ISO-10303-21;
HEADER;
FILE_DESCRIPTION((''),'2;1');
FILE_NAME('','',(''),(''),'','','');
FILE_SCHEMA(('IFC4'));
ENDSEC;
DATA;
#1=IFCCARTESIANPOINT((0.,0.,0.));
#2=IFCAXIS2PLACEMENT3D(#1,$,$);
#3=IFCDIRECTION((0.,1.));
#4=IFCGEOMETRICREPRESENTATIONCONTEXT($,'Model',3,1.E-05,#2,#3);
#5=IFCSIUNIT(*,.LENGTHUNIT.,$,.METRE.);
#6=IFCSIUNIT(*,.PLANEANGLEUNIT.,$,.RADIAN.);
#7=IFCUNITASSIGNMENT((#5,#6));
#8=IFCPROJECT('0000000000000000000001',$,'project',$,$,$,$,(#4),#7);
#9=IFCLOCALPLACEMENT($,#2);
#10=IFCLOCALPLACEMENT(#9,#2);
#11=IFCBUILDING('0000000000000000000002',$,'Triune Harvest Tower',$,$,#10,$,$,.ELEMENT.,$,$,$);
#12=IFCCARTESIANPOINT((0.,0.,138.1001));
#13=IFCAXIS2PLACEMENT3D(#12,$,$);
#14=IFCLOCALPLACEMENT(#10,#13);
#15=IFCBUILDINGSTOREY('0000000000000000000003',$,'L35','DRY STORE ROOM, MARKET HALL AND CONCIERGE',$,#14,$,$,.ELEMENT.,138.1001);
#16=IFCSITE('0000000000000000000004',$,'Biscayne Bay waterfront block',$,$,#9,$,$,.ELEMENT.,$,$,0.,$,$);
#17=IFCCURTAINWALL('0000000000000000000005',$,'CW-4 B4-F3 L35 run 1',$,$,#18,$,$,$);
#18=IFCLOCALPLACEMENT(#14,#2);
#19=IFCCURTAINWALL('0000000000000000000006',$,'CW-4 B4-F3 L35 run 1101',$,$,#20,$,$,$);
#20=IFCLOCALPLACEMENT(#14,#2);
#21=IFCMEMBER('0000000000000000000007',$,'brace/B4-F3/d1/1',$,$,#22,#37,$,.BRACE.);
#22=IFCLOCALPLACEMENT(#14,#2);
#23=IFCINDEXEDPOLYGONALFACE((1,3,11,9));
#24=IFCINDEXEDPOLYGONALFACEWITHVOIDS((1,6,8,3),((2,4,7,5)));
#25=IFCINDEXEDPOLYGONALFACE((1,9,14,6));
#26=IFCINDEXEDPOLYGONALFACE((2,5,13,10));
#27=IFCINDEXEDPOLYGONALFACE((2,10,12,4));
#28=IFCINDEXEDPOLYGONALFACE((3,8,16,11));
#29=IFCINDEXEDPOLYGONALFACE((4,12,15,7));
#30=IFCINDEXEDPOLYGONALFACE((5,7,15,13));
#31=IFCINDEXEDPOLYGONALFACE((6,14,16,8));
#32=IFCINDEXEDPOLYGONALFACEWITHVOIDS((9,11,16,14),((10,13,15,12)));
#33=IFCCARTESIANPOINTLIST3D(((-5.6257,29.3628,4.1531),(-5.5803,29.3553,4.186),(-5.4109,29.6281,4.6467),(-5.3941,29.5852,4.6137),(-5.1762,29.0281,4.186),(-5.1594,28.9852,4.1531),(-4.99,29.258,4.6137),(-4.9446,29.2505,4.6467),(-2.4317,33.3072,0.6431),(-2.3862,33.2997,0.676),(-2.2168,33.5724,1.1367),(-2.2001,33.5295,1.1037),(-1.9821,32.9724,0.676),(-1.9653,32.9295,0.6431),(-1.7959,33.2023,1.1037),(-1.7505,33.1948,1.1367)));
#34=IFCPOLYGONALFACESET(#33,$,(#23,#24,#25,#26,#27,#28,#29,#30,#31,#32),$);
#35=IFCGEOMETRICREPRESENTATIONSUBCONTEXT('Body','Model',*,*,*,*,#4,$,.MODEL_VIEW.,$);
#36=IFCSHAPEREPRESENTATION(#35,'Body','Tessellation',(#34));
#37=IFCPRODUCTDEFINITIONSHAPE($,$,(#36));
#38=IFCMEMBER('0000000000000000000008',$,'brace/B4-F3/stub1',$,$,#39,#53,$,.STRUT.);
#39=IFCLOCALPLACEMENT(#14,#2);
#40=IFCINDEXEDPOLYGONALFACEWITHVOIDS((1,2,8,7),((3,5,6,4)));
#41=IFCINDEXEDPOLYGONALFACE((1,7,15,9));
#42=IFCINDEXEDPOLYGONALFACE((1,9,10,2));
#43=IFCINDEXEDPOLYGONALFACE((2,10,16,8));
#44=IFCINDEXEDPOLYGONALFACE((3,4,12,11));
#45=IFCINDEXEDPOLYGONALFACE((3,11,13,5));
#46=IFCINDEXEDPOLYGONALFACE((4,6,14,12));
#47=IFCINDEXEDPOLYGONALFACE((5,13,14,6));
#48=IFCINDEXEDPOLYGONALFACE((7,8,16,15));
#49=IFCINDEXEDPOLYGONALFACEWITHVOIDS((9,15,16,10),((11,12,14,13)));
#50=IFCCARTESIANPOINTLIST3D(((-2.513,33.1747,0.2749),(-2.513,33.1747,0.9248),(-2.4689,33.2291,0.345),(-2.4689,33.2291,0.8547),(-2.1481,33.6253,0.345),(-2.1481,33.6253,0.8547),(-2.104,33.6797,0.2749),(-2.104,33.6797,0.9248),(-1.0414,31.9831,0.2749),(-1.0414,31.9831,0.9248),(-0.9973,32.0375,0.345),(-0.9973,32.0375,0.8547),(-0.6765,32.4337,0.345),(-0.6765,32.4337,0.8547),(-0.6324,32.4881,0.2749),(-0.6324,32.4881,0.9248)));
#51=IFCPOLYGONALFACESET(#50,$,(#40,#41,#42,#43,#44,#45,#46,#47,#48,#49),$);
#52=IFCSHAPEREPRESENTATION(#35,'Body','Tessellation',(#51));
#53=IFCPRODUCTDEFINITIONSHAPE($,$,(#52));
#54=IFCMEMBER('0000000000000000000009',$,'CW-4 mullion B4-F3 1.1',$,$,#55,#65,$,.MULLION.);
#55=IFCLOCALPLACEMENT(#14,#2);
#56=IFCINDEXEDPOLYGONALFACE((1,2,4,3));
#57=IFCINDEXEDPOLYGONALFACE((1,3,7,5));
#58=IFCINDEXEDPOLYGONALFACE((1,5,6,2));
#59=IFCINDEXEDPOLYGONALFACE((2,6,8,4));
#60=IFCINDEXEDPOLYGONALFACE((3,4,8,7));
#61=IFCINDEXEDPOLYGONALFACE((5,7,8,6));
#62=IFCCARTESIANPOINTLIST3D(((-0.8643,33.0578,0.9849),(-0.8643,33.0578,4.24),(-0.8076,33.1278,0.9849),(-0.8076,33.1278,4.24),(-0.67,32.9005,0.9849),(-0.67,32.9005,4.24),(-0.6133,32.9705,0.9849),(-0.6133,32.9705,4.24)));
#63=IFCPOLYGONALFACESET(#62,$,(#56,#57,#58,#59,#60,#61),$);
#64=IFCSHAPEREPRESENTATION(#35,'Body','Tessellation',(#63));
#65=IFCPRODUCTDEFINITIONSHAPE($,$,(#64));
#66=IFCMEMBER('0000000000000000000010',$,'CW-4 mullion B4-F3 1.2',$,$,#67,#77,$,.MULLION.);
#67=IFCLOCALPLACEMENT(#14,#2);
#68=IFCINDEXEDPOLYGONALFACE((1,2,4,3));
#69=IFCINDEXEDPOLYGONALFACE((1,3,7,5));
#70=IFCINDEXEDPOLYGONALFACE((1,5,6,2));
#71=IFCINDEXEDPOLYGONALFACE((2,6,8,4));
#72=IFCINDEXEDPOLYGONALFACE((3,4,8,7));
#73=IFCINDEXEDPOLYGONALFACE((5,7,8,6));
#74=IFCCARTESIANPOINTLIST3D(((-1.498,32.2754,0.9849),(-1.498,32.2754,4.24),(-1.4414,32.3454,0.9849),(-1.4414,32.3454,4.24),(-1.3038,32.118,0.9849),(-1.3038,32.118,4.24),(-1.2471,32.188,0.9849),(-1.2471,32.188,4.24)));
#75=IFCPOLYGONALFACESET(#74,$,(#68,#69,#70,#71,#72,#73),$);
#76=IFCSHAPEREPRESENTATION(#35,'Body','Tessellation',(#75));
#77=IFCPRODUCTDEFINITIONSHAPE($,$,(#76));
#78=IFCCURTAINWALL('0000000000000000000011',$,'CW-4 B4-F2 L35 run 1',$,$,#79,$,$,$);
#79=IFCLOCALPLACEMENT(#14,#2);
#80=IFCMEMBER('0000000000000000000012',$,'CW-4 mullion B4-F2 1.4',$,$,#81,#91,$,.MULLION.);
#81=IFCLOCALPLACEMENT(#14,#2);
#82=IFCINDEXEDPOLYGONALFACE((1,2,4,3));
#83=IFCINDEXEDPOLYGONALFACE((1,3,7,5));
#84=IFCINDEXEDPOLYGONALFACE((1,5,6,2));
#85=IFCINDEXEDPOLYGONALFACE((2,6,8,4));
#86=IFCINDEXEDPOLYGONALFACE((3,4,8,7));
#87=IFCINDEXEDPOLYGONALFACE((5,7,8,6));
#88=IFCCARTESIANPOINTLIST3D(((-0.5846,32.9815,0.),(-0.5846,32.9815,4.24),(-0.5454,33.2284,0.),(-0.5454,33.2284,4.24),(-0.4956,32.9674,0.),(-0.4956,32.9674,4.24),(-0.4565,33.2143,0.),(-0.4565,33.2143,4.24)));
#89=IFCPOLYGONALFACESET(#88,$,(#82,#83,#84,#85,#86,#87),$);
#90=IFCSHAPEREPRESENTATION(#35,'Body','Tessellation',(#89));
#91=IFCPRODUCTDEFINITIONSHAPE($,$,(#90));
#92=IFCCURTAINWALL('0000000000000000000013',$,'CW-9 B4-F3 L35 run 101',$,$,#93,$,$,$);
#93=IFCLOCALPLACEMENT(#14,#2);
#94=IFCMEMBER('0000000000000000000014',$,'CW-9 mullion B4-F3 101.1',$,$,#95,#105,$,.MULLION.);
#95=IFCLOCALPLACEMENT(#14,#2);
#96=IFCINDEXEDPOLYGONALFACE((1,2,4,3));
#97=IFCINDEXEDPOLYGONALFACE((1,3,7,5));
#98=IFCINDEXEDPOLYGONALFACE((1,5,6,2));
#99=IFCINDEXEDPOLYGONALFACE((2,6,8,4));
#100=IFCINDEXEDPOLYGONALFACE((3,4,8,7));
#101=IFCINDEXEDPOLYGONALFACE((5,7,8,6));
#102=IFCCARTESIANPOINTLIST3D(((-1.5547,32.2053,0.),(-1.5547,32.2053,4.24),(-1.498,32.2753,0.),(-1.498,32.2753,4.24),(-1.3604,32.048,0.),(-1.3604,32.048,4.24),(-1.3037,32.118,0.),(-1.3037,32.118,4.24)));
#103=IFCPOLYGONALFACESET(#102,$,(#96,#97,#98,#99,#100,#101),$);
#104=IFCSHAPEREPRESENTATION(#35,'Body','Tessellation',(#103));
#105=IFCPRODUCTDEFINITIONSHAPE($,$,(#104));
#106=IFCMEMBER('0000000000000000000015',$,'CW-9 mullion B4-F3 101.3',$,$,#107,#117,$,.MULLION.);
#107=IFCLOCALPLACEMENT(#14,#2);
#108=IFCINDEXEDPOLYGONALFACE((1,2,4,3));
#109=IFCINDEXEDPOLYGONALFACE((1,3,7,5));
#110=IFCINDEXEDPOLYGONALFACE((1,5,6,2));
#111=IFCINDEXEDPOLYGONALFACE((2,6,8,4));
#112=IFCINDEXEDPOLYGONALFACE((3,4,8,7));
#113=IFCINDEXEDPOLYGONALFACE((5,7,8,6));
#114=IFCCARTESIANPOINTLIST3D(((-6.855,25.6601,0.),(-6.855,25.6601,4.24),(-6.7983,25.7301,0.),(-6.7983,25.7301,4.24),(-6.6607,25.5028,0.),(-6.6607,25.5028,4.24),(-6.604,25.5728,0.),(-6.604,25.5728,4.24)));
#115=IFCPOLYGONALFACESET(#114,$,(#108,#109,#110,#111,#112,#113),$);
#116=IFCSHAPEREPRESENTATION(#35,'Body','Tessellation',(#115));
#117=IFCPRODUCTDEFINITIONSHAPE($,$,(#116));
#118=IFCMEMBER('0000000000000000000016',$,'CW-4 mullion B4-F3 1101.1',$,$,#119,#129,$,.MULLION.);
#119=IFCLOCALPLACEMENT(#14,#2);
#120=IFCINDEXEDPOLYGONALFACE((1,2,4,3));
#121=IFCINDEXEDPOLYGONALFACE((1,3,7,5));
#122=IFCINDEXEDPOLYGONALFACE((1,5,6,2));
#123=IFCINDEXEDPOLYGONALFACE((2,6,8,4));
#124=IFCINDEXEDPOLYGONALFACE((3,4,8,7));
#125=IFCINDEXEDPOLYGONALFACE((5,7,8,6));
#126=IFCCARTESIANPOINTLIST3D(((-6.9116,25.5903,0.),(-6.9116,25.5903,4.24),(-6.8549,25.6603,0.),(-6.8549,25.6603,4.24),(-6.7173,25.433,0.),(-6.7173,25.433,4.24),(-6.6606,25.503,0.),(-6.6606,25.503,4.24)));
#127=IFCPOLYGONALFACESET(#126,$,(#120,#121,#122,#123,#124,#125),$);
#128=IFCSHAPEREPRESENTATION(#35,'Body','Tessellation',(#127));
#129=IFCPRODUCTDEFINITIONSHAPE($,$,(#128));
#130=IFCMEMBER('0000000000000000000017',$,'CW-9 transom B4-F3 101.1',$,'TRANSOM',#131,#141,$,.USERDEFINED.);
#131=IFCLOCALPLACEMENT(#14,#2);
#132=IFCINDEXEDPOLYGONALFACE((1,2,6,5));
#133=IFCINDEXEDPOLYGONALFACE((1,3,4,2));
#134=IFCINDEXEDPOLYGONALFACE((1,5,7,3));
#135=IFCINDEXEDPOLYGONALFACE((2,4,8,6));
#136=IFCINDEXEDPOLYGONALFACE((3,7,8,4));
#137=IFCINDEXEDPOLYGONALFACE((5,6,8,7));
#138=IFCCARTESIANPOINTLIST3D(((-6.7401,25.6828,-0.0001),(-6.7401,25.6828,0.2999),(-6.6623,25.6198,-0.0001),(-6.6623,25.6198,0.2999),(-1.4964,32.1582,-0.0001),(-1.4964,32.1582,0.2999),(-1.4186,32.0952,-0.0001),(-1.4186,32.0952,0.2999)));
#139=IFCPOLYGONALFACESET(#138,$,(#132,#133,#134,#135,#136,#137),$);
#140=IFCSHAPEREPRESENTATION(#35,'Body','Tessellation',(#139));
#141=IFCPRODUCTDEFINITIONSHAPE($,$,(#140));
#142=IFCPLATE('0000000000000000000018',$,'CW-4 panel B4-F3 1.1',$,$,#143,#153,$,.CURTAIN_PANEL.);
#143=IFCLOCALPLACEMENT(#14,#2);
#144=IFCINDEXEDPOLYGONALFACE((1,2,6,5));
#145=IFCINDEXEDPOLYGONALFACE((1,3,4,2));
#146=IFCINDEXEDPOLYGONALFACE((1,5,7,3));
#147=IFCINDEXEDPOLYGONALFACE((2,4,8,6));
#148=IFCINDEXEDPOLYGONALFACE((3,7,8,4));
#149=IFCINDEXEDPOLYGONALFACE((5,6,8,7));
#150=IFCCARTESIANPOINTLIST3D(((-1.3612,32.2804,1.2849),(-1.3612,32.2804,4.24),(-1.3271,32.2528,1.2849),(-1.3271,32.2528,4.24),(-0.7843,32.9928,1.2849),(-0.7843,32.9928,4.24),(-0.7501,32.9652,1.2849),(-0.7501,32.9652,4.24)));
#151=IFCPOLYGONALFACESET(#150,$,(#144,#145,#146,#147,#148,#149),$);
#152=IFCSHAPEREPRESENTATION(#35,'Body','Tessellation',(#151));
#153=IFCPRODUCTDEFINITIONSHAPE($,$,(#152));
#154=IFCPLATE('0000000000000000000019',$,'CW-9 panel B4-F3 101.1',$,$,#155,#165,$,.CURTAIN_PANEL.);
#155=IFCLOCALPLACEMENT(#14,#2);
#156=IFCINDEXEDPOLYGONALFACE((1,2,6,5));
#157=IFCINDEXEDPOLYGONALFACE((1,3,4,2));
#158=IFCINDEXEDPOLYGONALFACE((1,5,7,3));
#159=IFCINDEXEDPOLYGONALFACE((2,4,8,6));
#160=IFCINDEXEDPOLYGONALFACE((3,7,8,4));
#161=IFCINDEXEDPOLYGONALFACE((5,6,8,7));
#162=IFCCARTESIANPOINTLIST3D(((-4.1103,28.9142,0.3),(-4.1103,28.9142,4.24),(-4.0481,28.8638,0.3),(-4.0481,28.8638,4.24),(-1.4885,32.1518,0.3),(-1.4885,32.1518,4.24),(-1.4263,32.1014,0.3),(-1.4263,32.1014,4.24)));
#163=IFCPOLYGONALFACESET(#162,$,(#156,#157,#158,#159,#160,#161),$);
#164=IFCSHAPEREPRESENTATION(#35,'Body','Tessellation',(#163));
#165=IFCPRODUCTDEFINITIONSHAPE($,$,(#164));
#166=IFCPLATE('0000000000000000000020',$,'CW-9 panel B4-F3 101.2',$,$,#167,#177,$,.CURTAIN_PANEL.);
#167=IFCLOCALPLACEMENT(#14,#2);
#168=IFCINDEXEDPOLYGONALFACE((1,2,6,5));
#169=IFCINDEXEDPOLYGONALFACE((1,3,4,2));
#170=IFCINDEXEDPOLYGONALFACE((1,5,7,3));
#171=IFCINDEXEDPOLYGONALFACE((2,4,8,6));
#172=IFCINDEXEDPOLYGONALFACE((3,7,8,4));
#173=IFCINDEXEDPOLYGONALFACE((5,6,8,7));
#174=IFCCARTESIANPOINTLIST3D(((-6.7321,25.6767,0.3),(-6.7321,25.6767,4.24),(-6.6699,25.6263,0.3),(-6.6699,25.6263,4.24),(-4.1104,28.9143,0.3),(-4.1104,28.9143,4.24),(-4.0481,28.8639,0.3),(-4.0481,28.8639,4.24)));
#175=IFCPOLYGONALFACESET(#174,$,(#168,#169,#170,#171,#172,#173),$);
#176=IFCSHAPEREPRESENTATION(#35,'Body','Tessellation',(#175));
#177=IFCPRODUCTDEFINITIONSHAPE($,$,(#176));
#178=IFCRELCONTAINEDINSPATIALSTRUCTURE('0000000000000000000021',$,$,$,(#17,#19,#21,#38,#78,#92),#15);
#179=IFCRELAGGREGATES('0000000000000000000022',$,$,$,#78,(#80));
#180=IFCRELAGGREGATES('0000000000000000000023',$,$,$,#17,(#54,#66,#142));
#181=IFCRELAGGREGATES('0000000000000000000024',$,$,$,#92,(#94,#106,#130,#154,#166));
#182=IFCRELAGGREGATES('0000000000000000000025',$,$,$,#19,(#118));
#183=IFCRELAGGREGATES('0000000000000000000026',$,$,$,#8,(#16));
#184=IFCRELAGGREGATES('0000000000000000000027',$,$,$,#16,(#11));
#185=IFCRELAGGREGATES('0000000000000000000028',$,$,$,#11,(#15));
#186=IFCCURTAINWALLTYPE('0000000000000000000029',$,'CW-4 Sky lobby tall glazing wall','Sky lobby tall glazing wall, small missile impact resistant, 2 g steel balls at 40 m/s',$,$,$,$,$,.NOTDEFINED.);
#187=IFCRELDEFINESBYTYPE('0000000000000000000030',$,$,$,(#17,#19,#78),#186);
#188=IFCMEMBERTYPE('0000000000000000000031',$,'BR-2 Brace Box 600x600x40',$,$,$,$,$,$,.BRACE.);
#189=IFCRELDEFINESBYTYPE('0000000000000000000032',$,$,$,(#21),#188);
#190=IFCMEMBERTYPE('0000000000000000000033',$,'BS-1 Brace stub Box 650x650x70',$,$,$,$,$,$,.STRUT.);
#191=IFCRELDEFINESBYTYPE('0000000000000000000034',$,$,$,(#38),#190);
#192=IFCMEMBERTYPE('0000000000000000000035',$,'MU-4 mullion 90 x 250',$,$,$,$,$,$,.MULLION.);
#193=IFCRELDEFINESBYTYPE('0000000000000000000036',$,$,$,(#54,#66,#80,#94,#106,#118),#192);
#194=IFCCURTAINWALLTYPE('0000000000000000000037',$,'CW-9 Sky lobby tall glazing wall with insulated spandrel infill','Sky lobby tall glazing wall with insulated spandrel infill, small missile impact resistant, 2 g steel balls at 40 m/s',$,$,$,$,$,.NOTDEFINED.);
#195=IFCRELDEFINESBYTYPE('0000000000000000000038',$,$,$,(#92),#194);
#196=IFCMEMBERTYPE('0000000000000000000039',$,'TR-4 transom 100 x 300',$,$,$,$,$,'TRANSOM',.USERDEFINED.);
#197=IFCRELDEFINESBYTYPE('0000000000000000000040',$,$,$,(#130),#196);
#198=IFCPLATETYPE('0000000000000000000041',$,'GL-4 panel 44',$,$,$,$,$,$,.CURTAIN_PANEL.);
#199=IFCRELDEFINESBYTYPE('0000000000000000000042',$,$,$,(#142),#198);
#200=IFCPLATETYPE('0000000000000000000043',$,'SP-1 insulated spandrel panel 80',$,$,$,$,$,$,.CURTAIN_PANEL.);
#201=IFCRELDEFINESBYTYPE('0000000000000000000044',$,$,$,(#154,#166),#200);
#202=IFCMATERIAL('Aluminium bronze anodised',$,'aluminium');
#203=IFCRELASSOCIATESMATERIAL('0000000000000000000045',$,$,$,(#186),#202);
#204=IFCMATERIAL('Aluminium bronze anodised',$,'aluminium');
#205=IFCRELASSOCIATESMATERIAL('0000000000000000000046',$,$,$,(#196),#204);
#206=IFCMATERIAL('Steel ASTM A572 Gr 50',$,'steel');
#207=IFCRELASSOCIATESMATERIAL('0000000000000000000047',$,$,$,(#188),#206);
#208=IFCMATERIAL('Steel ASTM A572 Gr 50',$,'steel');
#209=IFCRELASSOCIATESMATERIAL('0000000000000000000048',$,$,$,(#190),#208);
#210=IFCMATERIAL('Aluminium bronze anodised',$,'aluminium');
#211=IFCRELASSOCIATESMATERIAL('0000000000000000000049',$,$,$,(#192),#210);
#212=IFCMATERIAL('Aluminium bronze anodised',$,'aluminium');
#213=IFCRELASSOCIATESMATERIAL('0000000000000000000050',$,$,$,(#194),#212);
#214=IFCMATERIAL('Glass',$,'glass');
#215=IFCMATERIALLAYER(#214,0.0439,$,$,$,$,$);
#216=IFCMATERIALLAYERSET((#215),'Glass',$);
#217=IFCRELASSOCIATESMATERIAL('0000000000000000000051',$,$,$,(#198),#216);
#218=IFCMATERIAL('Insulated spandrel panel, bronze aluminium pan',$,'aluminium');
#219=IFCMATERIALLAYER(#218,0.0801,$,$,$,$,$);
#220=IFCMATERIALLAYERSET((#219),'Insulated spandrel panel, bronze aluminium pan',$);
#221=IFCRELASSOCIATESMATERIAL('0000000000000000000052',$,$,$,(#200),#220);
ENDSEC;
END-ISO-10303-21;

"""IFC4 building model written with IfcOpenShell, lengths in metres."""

from ifc_helpers import new_model, si_unit, direction, frame, origin, origin_2d, place, context, subcontext, project, spatial, rectangle, hollow_rectangle, extrude, source, transform, mapped, material, layer, layer_set, material_profile, profile_set, type_object, element, aggregate, save


model = new_model("IFC4")

# Units and contexts
model_context = context("Model", 3, precision=1e-05, world=origin(), true_north=direction((0.0, 1.0)))
body_context = subcontext(model_context, "Body", "Model", "MODEL_VIEW")
ifc_project = project(units=[si_unit("LENGTHUNIT", "METRE"), si_unit("PLANEANGLEUNIT", "RADIAN")], contexts=[model_context])

# Site, building, storey
site_placement = place(None, origin())
site = spatial("IfcSite", under=ifc_project, at=site_placement, Name="Biscayne Bay waterfront block", CompositionType="ELEMENT", RefElevation=0.0)
building_placement = place(site_placement, origin())
building = spatial("IfcBuilding", under=site, at=building_placement, Name="Triune Harvest Tower", CompositionType="ELEMENT")
storey_placement = place(building_placement, frame((0.0, 0.0, 138.1001)))
storey = spatial("IfcBuildingStorey", under=building, at=storey_placement, Name="L35", Description="DRY STORE ROOM, MARKET HALL AND CONCIERGE", CompositionType="ELEMENT", Elevation=138.1001)

# Curtain walls
ifc_material_1 = material(Name="Aluminium bronze anodised", Category="aluminium")
curtain_wall_type_1 = type_object("IfcCurtainWallType", Name="CW-4 Sky lobby tall glazing wall", Description="Sky lobby tall glazing wall, small missile impact resistant, 2 g steel balls at 40 m/s", PredefinedType="NOTDEFINED", material=ifc_material_1)
curtain_wall_1_placement = place(storey_placement, origin())
curtain_wall_1 = element("IfcCurtainWall", 1, at=curtain_wall_1_placement, inside=storey, type_object=curtain_wall_type_1, Name="CW-4 B4-F3 L35 run 1")
ifc_material_2 = material(Name="Aluminium bronze anodised", Category="aluminium")
ifc_material_profile_1 = material_profile(ifc_material_2, rectangle(XDim=0.1001, YDim=0.3, at=origin_2d()), Name="TR-4 transom 100 x 300")
ifc_profile_set_1 = profile_set([ifc_material_profile_1], Name="Aluminium bronze anodised")
member_type_1 = type_object("IfcMemberType", Name="TR-4 transom 100 x 300", ElementType="TRANSOM", PredefinedType="USERDEFINED", material=ifc_profile_set_1)
curtain_wall_2_placement = place(storey_placement, origin())
curtain_wall_2 = element("IfcCurtainWall", 2, at=curtain_wall_2_placement, inside=storey, type_object=curtain_wall_type_1, Name="CW-4 B4-F3 L35 run 1101")

# Members
ifc_material_3 = material(Name="Steel ASTM A572 Gr 50", Category="steel")
ifc_material_profile_2 = material_profile(ifc_material_3, hollow_rectangle(XDim=0.6001, YDim=0.6001, WallThickness=0.04, at=origin_2d()), Name="Box 600x600x40")
ifc_profile_set_2 = profile_set([ifc_material_profile_2], Name="Steel ASTM A572 Gr 50")
member_type_2 = type_object("IfcMemberType", Name="BR-2 Brace Box 600x600x40", PredefinedType="BRACE", material=ifc_profile_set_2)
shared_shape_1 = source(origin(), body_context, "Body", "SweptSolid", [
    extrude(hollow_rectangle(XDim=0.6001, YDim=0.6001, WallThickness=0.04, at=origin_2d()), origin(), (0.0, 0.0, 1.0), 6.1709),
])
member_1_placement = place(storey_placement, frame((-2.0911, 33.251, 0.8899), z_axis=(-0.517604, -0.639182, 0.568799), x_axis=(0.777143, -0.629324, 0.0)))
element("IfcMember", 3, at=member_1_placement, inside=storey, type_object=member_type_2, Name="brace/B4-F3/d1/1", PredefinedType="BRACE", context=body_context, shape_type="MappedRepresentation", body=[
    mapped(shared_shape_1, transform((0.0, 0.0, 0.0), scale=1.0)),
])
ifc_material_4 = material(Name="Steel ASTM A572 Gr 50", Category="steel")
ifc_material_profile_3 = material_profile(ifc_material_4, hollow_rectangle(XDim=0.6499, YDim=0.6499, WallThickness=0.0701, at=origin_2d()), Name="Box 650x650x70")
ifc_profile_set_3 = profile_set([ifc_material_profile_3], Name="Steel ASTM A572 Gr 50")
member_type_3 = type_object("IfcMemberType", Name="BS-1 Brace stub Box 650x650x70", PredefinedType="STRUT", material=ifc_profile_set_3)
shared_shape_2 = source(origin(), body_context, "Body", "SweptSolid", [
    extrude(hollow_rectangle(XDim=0.6499, YDim=0.6499, WallThickness=0.0701, at=origin_2d()), origin(), (0.0, 0.0, 1.0), 1.8936),
])
member_2_placement = place(storey_placement, frame((-0.8369, 32.2356, 0.5999), z_axis=(-0.77717, 0.629291, 0.0), x_axis=(-0.629291, -0.77717, 0.0)))
element("IfcMember", 4, at=member_2_placement, inside=storey, type_object=member_type_3, Name="brace/B4-F3/stub1", PredefinedType="STRUT", context=body_context, shape_type="MappedRepresentation", body=[
    mapped(shared_shape_2, transform((0.0, 0.0, 0.0), scale=1.0)),
])

# Members
ifc_material_5 = material(Name="Aluminium bronze anodised", Category="aluminium")
ifc_material_profile_4 = material_profile(ifc_material_5, rectangle(XDim=0.25, YDim=0.0901, at=origin_2d()), Name="MU-4 mullion 90 x 250")
ifc_profile_set_4 = profile_set([ifc_material_profile_4], Name="Aluminium bronze anodised")
member_type_4 = type_object("IfcMemberType", Name="MU-4 mullion 90 x 250", PredefinedType="MULLION", material=ifc_profile_set_4)
shared_shape_3 = source(origin(), body_context, "Body", "SweptSolid", [
    extrude(rectangle(XDim=0.25, YDim=0.0901, at=origin_2d()), origin(), (0.0, 0.0, 1.0), 3.2551),
])
member_3_placement = place(storey_placement, frame((-0.7388, 33.0142, 0.9849), z_axis=(0.0, 0.0, 1.0), x_axis=(0.777128, -0.629342, 0.0)))
member_3 = element("IfcMember", 5, at=member_3_placement, type_object=member_type_4, Name="CW-4 mullion B4-F3 1.1", PredefinedType="MULLION", context=body_context, shape_type="MappedRepresentation", body=[
    mapped(shared_shape_3, transform((0.0, 0.0, 0.0), scale=1.0)),
])
member_4_placement = place(storey_placement, frame((-1.3726, 32.2317, 0.9849), z_axis=(0.0, 0.0, 1.0), x_axis=(0.777128, -0.629342, 0.0)))
member_4 = element("IfcMember", 6, at=member_4_placement, type_object=member_type_4, Name="CW-4 mullion B4-F3 1.2", PredefinedType="MULLION", context=body_context, shape_type="MappedRepresentation", body=[
    mapped(shared_shape_3, transform((0.0, 0.0, 0.0), scale=1.0)),
])

# Curtain wall, member
curtain_wall_3_placement = place(storey_placement, origin())
curtain_wall_3 = element("IfcCurtainWall", 7, at=curtain_wall_3_placement, inside=storey, type_object=curtain_wall_type_1, Name="CW-4 B4-F2 L35 run 1")
shared_shape_4 = source(origin(), body_context, "Body", "SweptSolid", [
    extrude(rectangle(XDim=0.25, YDim=0.0901, at=origin_2d()), origin(), (0.0, 0.0, 1.0), 4.24),
])
member_5_placement = place(storey_placement, frame((-0.5205, 33.0979, 0.0), z_axis=(0.0, 0.0, 1.0), x_axis=(-0.156433, -0.987689, 0.0)))
member_5 = element("IfcMember", 8, at=member_5_placement, type_object=member_type_4, Name="CW-4 mullion B4-F2 1.4", PredefinedType="MULLION", context=body_context, shape_type="MappedRepresentation", body=[
    mapped(shared_shape_4, transform((0.0, 0.0, 0.0), scale=1.0)),
])
aggregate(curtain_wall_3, [member_5])

# Curtain wall, members
ifc_material_6 = material(Name="Aluminium bronze anodised", Category="aluminium")
curtain_wall_type_2 = type_object("IfcCurtainWallType", Name="CW-9 Sky lobby tall glazing wall with insulated spandrel infill", Description="Sky lobby tall glazing wall with insulated spandrel infill, small missile impact resistant, 2 g steel balls at 40 m/s", PredefinedType="NOTDEFINED", material=ifc_material_6)
curtain_wall_4_placement = place(storey_placement, origin())
curtain_wall_4 = element("IfcCurtainWall", 9, at=curtain_wall_4_placement, inside=storey, type_object=curtain_wall_type_2, Name="CW-9 B4-F3 L35 run 101")
member_6_placement = place(storey_placement, frame((-1.4292, 32.1616, 0.0), z_axis=(0.0, 0.0, 1.0), x_axis=(0.777145, -0.629322, 0.0)))
member_6 = element("IfcMember", 10, at=member_6_placement, type_object=member_type_4, Name="CW-9 mullion B4-F3 101.1", PredefinedType="MULLION", context=body_context, shape_type="MappedRepresentation", body=[
    mapped(shared_shape_4, transform((0.0, 0.0, 0.0), scale=1.0)),
])
member_7_placement = place(storey_placement, frame((-6.7295, 25.6165, 0.0), z_axis=(0.0, 0.0, 1.0), x_axis=(0.777145, -0.629322, 0.0)))
member_7 = element("IfcMember", 11, at=member_7_placement, type_object=member_type_4, Name="CW-9 mullion B4-F3 101.3", PredefinedType="MULLION", context=body_context, shape_type="MappedRepresentation", body=[
    mapped(shared_shape_4, transform((0.0, 0.0, 0.0), scale=1.0)),
])

# Members
member_8_placement = place(storey_placement, frame((-6.7861, 25.5466, 0.0), z_axis=(0.0, 0.0, 1.0), x_axis=(0.777145, -0.629322, 0.0)))
member_8 = element("IfcMember", 12, at=member_8_placement, type_object=member_type_4, Name="CW-4 mullion B4-F3 1101.1", PredefinedType="MULLION", context=body_context, shape_type="MappedRepresentation", body=[
    mapped(shared_shape_4, transform((0.0, 0.0, 0.0), scale=1.0)),
])
shared_shape_5 = source(origin(), body_context, "Body", "SweptSolid", [
    extrude(rectangle(XDim=0.1001, YDim=0.3, at=origin_2d()), origin(), (0.0, 0.0, 1.0), 8.3323),
])
member_9_placement = place(storey_placement, frame((-1.4575, 32.1267, 0.1499), z_axis=(-0.629322, -0.777145, 0.0), x_axis=(0.777145, -0.629322, 0.0)))
member_9 = element("IfcMember", 13, at=member_9_placement, type_object=member_type_1, Name="CW-9 transom B4-F3 101.1", ObjectType="TRANSOM", PredefinedType="USERDEFINED", context=body_context, shape_type="MappedRepresentation", body=[
    mapped(shared_shape_5, transform((0.0, 0.0, 0.0), scale=1.0)),
])

# Plates
ifc_material_7 = material(Name="Glass", Category="glass")
ifc_layer_1 = layer(ifc_material_7, 0.0439)
ifc_layer_set_1 = layer_set([ifc_layer_1], Name="Glass")
plate_type_1 = type_object("IfcPlateType", Name="GL-4 panel 44", PredefinedType="CURTAIN_PANEL", material=ifc_layer_set_1)
shared_shape_6 = source(origin(), body_context, "Body", "SweptSolid", [
    extrude(rectangle(XDim=0.9167, YDim=0.0439, at=origin_2d()), origin(), (0.0, 0.0, 1.0), 2.9551),
])
plate_1_placement = place(storey_placement, frame((-1.0557, 32.6228, 1.2849), z_axis=(0.0, 0.0, 1.0), x_axis=(-0.629342, -0.777128, 0.0)))
plate_1 = element("IfcPlate", 14, at=plate_1_placement, type_object=plate_type_1, Name="CW-4 panel B4-F3 1.1", PredefinedType="CURTAIN_PANEL", context=body_context, shape_type="MappedRepresentation", body=[
    mapped(shared_shape_6, transform((0.0, 0.0, 0.0), scale=1.0)),
])
aggregate(curtain_wall_1, [member_3, member_4, plate_1])
ifc_material_8 = material(Name="Insulated spandrel panel, bronze aluminium pan", Category="aluminium")
ifc_layer_2 = layer(ifc_material_8, 0.0801)
ifc_layer_set_2 = layer_set([ifc_layer_2], Name="Insulated spandrel panel, bronze aluminium pan")
plate_type_2 = type_object("IfcPlateType", Name="SP-1 insulated spandrel panel 80", PredefinedType="CURTAIN_PANEL", material=ifc_layer_set_2)
shared_shape_7 = source(origin(), body_context, "Body", "SweptSolid", [
    extrude(rectangle(XDim=4.166, YDim=0.0801, at=origin_2d()), origin(), (0.0, 0.0, 1.0), 3.9399),
])
plate_2_placement = place(storey_placement, frame((-2.7683, 30.5078, 0.3), z_axis=(0.0, 0.0, 1.0), x_axis=(-0.629322, -0.777145, 0.0)))
plate_2 = element("IfcPlate", 15, at=plate_2_placement, type_object=plate_type_2, Name="CW-9 panel B4-F3 101.1", PredefinedType="CURTAIN_PANEL", context=body_context, shape_type="MappedRepresentation", body=[
    mapped(shared_shape_7, transform((0.0, 0.0, 0.0), scale=1.0)),
])
plate_3_placement = place(storey_placement, frame((-5.3901, 27.2703, 0.3), z_axis=(0.0, 0.0, 1.0), x_axis=(-0.629322, -0.777145, 0.0)))
plate_3 = element("IfcPlate", 16, at=plate_3_placement, type_object=plate_type_2, Name="CW-9 panel B4-F3 101.2", PredefinedType="CURTAIN_PANEL", context=body_context, shape_type="MappedRepresentation", body=[
    mapped(shared_shape_7, transform((0.0, 0.0, 0.0), scale=1.0)),
])
aggregate(curtain_wall_4, [member_6, member_7, member_9, plate_2, plate_3])
aggregate(curtain_wall_2, [member_8])

save(model, "model.ifc")
